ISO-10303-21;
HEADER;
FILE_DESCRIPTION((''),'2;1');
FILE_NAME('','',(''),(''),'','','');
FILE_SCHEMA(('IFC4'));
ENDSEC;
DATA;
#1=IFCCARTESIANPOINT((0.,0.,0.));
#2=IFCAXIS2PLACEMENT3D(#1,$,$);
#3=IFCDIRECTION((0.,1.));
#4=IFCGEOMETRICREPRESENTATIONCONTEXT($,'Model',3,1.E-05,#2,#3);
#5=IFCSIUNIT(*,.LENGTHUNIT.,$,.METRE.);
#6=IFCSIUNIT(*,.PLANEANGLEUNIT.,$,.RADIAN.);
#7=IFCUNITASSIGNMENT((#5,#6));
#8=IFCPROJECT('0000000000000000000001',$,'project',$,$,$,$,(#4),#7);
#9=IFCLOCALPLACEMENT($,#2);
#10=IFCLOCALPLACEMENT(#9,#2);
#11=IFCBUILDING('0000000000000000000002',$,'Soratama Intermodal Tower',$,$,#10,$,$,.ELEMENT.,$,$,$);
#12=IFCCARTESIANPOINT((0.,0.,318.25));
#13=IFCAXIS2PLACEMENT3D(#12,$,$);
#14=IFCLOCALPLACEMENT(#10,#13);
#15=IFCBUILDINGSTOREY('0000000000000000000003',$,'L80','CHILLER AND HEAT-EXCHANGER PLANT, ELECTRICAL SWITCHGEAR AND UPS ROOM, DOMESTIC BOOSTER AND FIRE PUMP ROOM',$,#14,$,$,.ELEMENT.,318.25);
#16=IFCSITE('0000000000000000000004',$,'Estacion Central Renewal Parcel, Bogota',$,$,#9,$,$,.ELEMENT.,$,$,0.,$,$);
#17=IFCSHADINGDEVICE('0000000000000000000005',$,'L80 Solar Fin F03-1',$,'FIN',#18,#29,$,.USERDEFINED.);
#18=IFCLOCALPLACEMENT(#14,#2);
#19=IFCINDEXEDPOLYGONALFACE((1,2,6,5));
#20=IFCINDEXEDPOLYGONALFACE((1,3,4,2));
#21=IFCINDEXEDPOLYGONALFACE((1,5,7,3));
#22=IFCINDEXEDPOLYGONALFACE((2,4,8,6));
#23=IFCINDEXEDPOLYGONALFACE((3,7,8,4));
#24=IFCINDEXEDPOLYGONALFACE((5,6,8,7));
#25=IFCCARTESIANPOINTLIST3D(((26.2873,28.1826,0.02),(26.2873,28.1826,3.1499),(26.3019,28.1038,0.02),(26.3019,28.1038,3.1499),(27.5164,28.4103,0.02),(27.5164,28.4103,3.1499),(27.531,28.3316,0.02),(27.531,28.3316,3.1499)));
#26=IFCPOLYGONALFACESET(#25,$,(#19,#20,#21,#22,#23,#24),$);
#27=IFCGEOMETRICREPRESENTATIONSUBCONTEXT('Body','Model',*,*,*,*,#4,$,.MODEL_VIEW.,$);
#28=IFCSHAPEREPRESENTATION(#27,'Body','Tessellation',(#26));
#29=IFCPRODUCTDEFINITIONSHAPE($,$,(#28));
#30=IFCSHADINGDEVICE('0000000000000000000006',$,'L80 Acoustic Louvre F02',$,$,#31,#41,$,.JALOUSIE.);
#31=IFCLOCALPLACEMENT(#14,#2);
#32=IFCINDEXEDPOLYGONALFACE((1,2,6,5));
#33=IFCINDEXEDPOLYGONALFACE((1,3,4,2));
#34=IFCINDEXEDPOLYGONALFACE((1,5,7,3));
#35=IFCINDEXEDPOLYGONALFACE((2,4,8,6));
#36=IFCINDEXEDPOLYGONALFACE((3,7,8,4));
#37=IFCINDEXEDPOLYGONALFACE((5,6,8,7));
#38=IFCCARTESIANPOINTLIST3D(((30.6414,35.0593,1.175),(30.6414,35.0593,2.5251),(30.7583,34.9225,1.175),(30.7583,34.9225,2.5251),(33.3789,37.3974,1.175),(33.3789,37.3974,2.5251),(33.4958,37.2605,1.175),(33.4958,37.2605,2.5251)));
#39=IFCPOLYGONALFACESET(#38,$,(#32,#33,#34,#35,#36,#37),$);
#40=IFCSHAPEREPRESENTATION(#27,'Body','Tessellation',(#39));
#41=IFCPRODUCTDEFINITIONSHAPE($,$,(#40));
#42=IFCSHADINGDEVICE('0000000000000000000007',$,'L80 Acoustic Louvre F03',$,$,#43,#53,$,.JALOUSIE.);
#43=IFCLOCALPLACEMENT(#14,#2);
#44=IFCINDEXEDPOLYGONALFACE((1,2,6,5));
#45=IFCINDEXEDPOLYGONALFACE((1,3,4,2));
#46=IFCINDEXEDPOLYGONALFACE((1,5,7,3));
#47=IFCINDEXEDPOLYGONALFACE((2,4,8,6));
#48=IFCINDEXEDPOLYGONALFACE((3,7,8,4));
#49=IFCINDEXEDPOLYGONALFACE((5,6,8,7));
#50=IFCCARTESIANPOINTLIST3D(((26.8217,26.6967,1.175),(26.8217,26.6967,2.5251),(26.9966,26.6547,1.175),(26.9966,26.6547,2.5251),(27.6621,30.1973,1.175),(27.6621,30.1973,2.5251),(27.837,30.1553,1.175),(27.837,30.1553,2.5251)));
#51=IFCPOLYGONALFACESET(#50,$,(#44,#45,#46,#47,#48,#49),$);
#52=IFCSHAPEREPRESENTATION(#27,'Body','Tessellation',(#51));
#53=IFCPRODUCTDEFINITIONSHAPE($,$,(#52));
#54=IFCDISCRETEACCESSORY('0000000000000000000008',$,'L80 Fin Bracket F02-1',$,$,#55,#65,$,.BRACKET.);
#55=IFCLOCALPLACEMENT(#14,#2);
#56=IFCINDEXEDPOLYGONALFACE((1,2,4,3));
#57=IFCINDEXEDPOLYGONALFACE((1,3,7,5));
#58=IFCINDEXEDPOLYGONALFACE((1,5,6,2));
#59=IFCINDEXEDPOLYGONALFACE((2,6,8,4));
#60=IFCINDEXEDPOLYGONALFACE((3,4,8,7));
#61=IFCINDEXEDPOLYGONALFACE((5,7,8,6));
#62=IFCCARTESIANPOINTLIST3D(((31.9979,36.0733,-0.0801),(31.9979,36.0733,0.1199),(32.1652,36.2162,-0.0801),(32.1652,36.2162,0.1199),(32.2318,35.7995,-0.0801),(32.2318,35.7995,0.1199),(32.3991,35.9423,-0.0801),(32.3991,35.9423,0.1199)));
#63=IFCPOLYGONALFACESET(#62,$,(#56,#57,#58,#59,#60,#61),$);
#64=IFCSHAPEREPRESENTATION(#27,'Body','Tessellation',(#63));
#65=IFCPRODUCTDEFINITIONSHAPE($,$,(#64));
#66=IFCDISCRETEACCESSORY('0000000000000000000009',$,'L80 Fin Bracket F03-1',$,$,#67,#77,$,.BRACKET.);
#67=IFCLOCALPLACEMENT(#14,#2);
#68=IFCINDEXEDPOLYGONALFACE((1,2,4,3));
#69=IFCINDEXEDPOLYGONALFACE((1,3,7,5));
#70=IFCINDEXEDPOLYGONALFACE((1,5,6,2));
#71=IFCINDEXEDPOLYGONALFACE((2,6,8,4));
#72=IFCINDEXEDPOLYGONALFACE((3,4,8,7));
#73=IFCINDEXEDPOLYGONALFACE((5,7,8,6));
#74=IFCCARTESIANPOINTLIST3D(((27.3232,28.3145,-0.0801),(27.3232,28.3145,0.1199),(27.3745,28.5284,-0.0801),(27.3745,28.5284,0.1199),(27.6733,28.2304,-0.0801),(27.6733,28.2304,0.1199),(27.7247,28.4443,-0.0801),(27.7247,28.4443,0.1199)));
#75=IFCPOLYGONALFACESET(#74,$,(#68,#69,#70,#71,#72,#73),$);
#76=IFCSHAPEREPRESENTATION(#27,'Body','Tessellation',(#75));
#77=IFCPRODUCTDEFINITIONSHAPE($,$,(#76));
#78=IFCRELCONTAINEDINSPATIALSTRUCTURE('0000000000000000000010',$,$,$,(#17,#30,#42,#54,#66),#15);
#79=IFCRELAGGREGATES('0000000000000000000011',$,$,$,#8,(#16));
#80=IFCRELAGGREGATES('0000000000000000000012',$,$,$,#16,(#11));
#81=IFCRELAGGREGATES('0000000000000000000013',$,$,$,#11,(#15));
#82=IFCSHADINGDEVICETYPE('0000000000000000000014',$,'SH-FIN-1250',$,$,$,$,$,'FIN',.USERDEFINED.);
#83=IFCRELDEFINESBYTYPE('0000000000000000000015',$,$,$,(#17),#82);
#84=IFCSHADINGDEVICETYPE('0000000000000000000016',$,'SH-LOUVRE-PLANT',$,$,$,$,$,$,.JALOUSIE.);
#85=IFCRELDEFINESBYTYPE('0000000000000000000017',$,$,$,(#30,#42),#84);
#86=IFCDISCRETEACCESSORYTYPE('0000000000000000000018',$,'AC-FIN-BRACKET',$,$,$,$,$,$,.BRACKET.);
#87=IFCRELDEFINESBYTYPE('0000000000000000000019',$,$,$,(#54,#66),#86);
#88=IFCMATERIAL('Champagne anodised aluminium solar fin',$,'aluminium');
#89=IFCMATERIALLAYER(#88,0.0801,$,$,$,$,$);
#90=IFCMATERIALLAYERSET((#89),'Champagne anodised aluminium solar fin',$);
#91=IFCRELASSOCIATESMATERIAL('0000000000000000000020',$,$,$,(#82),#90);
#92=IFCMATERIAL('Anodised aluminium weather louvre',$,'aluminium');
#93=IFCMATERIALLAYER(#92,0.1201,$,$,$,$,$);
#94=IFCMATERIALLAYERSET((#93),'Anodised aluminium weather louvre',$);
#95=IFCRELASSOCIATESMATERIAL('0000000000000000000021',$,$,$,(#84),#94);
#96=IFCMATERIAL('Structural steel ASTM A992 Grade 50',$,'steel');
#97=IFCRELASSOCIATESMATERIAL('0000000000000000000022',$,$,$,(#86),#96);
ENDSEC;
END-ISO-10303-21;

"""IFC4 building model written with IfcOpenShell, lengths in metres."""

from ifc_helpers import new_model, si_unit, direction, frame, origin, origin_2d, place, context, subcontext, project, spatial, rectangle, extrude, material, layer, layer_set, type_object, element, save


model = new_model("IFC4")

# Units and contexts
model_context = context("Model", 3, precision=1e-05, world=origin(), true_north=direction((0.0, 1.0)))
body_context = subcontext(model_context, "Body", "Model", "MODEL_VIEW")
ifc_project = project(units=[si_unit("LENGTHUNIT", "METRE"), si_unit("PLANEANGLEUNIT", "RADIAN")], contexts=[model_context])

# Site, building, storey
site_placement = place(None, origin())
site = spatial("IfcSite", under=ifc_project, at=site_placement, Name="Estacion Central Renewal Parcel, Bogota", CompositionType="ELEMENT", RefElevation=0.0)
building_placement = place(site_placement, origin())
building = spatial("IfcBuilding", under=site, at=building_placement, Name="Soratama Intermodal Tower", CompositionType="ELEMENT")
storey_placement = place(building_placement, frame((0.0, 0.0, 318.25)))
storey = spatial("IfcBuildingStorey", under=building, at=storey_placement, Name="L80", Description="CHILLER AND HEAT-EXCHANGER PLANT, ELECTRICAL SWITCHGEAR AND UPS ROOM, DOMESTIC BOOSTER AND FIRE PUMP ROOM", CompositionType="ELEMENT", Elevation=318.25)

# Shading devices
ifc_material_1 = material(Name="Champagne anodised aluminium solar fin", Category="aluminium")
ifc_layer_1 = layer(ifc_material_1, 0.0801)
ifc_layer_set_1 = layer_set([ifc_layer_1], Name="Champagne anodised aluminium solar fin")
shading_device_type_1 = type_object("IfcShadingDeviceType", Name="SH-FIN-1250", ElementType="FIN", PredefinedType="USERDEFINED", material=ifc_layer_set_1)
for number, where, z_axis, x_axis, name in (
    (1, (26.9092, 28.2571, 0.02), (0.0, 0.0, 1.0), (-0.983255, -0.182236, 0.0), "L80 Solar Fin F03-1"),
):
    element("IfcShadingDevice", number, at=place(storey_placement, frame(where, z_axis=z_axis, x_axis=x_axis)), inside=storey, type_object=shading_device_type_1, Name=name, ObjectType="FIN", PredefinedType="USERDEFINED", context=body_context, shape_type="SweptSolid", body=[
        extrude(rectangle(XDim=1.25, YDim=0.0801, at=origin_2d()), origin(), (0.0, 0.0, 1.0), 3.1299),
    ])
ifc_material_2 = material(Name="Anodised aluminium weather louvre", Category="aluminium")
ifc_layer_2 = layer(ifc_material_2, 0.1201)
ifc_layer_set_2 = layer_set([ifc_layer_2], Name="Anodised aluminium weather louvre")
shading_device_type_2 = type_object("IfcShadingDeviceType", Name="SH-LOUVRE-PLANT", PredefinedType="JALOUSIE", material=ifc_layer_set_2)
for number, where, z_axis, x_axis, name in (
    (2, (32.0686, 36.1599, 1.175), (0.0, 0.0, 1.0), (-0.760406, -0.649448, 0.0), "L80 Acoustic Louvre F02"),
    (3, (27.3293, 28.426, 1.175), (0.0, 0.0, 1.0), (-0.233445, -0.97237, 0.0), "L80 Acoustic Louvre F03"),
):
    element("IfcShadingDevice", number, at=place(storey_placement, frame(where, z_axis=z_axis, x_axis=x_axis)), inside=storey, type_object=shading_device_type_2, Name=name, PredefinedType="JALOUSIE", context=body_context, shape_type="SweptSolid", body=[
        extrude(rectangle(XDim=3.6001, YDim=0.1799, at=origin_2d()), origin(), (0.0, 0.0, 1.0), 1.3501),
    ])

# Discrete accessories
ifc_material_3 = material(Name="Structural steel ASTM A992 Grade 50", Category="steel")
discrete_accessory_type = type_object("IfcDiscreteAccessoryType", Name="AC-FIN-BRACKET", PredefinedType="BRACKET", material=ifc_material_3)
for number, where, z_axis, x_axis, name in (
    (4, (32.1985, 36.0078, -0.0801), (0.0, 0.0, 1.0), (-0.649448, 0.760406, 0.0), "L80 Fin Bracket F02-1"),
    (5, (27.5239, 28.3794, -0.0801), (0.0, 0.0, 1.0), (-0.97237, 0.233445, 0.0), "L80 Fin Bracket F03-1"),
):
    element("IfcDiscreteAccessory", number, at=place(storey_placement, frame(where, z_axis=z_axis, x_axis=x_axis)), inside=storey, type_object=discrete_accessory_type, Name=name, PredefinedType="BRACKET", context=body_context, shape_type="SweptSolid", body=[
        extrude(rectangle(XDim=0.3601, YDim=0.22, at=origin_2d()), origin(), (0.0, 0.0, 1.0), 0.2),
    ])

save(model, "model.ifc")
